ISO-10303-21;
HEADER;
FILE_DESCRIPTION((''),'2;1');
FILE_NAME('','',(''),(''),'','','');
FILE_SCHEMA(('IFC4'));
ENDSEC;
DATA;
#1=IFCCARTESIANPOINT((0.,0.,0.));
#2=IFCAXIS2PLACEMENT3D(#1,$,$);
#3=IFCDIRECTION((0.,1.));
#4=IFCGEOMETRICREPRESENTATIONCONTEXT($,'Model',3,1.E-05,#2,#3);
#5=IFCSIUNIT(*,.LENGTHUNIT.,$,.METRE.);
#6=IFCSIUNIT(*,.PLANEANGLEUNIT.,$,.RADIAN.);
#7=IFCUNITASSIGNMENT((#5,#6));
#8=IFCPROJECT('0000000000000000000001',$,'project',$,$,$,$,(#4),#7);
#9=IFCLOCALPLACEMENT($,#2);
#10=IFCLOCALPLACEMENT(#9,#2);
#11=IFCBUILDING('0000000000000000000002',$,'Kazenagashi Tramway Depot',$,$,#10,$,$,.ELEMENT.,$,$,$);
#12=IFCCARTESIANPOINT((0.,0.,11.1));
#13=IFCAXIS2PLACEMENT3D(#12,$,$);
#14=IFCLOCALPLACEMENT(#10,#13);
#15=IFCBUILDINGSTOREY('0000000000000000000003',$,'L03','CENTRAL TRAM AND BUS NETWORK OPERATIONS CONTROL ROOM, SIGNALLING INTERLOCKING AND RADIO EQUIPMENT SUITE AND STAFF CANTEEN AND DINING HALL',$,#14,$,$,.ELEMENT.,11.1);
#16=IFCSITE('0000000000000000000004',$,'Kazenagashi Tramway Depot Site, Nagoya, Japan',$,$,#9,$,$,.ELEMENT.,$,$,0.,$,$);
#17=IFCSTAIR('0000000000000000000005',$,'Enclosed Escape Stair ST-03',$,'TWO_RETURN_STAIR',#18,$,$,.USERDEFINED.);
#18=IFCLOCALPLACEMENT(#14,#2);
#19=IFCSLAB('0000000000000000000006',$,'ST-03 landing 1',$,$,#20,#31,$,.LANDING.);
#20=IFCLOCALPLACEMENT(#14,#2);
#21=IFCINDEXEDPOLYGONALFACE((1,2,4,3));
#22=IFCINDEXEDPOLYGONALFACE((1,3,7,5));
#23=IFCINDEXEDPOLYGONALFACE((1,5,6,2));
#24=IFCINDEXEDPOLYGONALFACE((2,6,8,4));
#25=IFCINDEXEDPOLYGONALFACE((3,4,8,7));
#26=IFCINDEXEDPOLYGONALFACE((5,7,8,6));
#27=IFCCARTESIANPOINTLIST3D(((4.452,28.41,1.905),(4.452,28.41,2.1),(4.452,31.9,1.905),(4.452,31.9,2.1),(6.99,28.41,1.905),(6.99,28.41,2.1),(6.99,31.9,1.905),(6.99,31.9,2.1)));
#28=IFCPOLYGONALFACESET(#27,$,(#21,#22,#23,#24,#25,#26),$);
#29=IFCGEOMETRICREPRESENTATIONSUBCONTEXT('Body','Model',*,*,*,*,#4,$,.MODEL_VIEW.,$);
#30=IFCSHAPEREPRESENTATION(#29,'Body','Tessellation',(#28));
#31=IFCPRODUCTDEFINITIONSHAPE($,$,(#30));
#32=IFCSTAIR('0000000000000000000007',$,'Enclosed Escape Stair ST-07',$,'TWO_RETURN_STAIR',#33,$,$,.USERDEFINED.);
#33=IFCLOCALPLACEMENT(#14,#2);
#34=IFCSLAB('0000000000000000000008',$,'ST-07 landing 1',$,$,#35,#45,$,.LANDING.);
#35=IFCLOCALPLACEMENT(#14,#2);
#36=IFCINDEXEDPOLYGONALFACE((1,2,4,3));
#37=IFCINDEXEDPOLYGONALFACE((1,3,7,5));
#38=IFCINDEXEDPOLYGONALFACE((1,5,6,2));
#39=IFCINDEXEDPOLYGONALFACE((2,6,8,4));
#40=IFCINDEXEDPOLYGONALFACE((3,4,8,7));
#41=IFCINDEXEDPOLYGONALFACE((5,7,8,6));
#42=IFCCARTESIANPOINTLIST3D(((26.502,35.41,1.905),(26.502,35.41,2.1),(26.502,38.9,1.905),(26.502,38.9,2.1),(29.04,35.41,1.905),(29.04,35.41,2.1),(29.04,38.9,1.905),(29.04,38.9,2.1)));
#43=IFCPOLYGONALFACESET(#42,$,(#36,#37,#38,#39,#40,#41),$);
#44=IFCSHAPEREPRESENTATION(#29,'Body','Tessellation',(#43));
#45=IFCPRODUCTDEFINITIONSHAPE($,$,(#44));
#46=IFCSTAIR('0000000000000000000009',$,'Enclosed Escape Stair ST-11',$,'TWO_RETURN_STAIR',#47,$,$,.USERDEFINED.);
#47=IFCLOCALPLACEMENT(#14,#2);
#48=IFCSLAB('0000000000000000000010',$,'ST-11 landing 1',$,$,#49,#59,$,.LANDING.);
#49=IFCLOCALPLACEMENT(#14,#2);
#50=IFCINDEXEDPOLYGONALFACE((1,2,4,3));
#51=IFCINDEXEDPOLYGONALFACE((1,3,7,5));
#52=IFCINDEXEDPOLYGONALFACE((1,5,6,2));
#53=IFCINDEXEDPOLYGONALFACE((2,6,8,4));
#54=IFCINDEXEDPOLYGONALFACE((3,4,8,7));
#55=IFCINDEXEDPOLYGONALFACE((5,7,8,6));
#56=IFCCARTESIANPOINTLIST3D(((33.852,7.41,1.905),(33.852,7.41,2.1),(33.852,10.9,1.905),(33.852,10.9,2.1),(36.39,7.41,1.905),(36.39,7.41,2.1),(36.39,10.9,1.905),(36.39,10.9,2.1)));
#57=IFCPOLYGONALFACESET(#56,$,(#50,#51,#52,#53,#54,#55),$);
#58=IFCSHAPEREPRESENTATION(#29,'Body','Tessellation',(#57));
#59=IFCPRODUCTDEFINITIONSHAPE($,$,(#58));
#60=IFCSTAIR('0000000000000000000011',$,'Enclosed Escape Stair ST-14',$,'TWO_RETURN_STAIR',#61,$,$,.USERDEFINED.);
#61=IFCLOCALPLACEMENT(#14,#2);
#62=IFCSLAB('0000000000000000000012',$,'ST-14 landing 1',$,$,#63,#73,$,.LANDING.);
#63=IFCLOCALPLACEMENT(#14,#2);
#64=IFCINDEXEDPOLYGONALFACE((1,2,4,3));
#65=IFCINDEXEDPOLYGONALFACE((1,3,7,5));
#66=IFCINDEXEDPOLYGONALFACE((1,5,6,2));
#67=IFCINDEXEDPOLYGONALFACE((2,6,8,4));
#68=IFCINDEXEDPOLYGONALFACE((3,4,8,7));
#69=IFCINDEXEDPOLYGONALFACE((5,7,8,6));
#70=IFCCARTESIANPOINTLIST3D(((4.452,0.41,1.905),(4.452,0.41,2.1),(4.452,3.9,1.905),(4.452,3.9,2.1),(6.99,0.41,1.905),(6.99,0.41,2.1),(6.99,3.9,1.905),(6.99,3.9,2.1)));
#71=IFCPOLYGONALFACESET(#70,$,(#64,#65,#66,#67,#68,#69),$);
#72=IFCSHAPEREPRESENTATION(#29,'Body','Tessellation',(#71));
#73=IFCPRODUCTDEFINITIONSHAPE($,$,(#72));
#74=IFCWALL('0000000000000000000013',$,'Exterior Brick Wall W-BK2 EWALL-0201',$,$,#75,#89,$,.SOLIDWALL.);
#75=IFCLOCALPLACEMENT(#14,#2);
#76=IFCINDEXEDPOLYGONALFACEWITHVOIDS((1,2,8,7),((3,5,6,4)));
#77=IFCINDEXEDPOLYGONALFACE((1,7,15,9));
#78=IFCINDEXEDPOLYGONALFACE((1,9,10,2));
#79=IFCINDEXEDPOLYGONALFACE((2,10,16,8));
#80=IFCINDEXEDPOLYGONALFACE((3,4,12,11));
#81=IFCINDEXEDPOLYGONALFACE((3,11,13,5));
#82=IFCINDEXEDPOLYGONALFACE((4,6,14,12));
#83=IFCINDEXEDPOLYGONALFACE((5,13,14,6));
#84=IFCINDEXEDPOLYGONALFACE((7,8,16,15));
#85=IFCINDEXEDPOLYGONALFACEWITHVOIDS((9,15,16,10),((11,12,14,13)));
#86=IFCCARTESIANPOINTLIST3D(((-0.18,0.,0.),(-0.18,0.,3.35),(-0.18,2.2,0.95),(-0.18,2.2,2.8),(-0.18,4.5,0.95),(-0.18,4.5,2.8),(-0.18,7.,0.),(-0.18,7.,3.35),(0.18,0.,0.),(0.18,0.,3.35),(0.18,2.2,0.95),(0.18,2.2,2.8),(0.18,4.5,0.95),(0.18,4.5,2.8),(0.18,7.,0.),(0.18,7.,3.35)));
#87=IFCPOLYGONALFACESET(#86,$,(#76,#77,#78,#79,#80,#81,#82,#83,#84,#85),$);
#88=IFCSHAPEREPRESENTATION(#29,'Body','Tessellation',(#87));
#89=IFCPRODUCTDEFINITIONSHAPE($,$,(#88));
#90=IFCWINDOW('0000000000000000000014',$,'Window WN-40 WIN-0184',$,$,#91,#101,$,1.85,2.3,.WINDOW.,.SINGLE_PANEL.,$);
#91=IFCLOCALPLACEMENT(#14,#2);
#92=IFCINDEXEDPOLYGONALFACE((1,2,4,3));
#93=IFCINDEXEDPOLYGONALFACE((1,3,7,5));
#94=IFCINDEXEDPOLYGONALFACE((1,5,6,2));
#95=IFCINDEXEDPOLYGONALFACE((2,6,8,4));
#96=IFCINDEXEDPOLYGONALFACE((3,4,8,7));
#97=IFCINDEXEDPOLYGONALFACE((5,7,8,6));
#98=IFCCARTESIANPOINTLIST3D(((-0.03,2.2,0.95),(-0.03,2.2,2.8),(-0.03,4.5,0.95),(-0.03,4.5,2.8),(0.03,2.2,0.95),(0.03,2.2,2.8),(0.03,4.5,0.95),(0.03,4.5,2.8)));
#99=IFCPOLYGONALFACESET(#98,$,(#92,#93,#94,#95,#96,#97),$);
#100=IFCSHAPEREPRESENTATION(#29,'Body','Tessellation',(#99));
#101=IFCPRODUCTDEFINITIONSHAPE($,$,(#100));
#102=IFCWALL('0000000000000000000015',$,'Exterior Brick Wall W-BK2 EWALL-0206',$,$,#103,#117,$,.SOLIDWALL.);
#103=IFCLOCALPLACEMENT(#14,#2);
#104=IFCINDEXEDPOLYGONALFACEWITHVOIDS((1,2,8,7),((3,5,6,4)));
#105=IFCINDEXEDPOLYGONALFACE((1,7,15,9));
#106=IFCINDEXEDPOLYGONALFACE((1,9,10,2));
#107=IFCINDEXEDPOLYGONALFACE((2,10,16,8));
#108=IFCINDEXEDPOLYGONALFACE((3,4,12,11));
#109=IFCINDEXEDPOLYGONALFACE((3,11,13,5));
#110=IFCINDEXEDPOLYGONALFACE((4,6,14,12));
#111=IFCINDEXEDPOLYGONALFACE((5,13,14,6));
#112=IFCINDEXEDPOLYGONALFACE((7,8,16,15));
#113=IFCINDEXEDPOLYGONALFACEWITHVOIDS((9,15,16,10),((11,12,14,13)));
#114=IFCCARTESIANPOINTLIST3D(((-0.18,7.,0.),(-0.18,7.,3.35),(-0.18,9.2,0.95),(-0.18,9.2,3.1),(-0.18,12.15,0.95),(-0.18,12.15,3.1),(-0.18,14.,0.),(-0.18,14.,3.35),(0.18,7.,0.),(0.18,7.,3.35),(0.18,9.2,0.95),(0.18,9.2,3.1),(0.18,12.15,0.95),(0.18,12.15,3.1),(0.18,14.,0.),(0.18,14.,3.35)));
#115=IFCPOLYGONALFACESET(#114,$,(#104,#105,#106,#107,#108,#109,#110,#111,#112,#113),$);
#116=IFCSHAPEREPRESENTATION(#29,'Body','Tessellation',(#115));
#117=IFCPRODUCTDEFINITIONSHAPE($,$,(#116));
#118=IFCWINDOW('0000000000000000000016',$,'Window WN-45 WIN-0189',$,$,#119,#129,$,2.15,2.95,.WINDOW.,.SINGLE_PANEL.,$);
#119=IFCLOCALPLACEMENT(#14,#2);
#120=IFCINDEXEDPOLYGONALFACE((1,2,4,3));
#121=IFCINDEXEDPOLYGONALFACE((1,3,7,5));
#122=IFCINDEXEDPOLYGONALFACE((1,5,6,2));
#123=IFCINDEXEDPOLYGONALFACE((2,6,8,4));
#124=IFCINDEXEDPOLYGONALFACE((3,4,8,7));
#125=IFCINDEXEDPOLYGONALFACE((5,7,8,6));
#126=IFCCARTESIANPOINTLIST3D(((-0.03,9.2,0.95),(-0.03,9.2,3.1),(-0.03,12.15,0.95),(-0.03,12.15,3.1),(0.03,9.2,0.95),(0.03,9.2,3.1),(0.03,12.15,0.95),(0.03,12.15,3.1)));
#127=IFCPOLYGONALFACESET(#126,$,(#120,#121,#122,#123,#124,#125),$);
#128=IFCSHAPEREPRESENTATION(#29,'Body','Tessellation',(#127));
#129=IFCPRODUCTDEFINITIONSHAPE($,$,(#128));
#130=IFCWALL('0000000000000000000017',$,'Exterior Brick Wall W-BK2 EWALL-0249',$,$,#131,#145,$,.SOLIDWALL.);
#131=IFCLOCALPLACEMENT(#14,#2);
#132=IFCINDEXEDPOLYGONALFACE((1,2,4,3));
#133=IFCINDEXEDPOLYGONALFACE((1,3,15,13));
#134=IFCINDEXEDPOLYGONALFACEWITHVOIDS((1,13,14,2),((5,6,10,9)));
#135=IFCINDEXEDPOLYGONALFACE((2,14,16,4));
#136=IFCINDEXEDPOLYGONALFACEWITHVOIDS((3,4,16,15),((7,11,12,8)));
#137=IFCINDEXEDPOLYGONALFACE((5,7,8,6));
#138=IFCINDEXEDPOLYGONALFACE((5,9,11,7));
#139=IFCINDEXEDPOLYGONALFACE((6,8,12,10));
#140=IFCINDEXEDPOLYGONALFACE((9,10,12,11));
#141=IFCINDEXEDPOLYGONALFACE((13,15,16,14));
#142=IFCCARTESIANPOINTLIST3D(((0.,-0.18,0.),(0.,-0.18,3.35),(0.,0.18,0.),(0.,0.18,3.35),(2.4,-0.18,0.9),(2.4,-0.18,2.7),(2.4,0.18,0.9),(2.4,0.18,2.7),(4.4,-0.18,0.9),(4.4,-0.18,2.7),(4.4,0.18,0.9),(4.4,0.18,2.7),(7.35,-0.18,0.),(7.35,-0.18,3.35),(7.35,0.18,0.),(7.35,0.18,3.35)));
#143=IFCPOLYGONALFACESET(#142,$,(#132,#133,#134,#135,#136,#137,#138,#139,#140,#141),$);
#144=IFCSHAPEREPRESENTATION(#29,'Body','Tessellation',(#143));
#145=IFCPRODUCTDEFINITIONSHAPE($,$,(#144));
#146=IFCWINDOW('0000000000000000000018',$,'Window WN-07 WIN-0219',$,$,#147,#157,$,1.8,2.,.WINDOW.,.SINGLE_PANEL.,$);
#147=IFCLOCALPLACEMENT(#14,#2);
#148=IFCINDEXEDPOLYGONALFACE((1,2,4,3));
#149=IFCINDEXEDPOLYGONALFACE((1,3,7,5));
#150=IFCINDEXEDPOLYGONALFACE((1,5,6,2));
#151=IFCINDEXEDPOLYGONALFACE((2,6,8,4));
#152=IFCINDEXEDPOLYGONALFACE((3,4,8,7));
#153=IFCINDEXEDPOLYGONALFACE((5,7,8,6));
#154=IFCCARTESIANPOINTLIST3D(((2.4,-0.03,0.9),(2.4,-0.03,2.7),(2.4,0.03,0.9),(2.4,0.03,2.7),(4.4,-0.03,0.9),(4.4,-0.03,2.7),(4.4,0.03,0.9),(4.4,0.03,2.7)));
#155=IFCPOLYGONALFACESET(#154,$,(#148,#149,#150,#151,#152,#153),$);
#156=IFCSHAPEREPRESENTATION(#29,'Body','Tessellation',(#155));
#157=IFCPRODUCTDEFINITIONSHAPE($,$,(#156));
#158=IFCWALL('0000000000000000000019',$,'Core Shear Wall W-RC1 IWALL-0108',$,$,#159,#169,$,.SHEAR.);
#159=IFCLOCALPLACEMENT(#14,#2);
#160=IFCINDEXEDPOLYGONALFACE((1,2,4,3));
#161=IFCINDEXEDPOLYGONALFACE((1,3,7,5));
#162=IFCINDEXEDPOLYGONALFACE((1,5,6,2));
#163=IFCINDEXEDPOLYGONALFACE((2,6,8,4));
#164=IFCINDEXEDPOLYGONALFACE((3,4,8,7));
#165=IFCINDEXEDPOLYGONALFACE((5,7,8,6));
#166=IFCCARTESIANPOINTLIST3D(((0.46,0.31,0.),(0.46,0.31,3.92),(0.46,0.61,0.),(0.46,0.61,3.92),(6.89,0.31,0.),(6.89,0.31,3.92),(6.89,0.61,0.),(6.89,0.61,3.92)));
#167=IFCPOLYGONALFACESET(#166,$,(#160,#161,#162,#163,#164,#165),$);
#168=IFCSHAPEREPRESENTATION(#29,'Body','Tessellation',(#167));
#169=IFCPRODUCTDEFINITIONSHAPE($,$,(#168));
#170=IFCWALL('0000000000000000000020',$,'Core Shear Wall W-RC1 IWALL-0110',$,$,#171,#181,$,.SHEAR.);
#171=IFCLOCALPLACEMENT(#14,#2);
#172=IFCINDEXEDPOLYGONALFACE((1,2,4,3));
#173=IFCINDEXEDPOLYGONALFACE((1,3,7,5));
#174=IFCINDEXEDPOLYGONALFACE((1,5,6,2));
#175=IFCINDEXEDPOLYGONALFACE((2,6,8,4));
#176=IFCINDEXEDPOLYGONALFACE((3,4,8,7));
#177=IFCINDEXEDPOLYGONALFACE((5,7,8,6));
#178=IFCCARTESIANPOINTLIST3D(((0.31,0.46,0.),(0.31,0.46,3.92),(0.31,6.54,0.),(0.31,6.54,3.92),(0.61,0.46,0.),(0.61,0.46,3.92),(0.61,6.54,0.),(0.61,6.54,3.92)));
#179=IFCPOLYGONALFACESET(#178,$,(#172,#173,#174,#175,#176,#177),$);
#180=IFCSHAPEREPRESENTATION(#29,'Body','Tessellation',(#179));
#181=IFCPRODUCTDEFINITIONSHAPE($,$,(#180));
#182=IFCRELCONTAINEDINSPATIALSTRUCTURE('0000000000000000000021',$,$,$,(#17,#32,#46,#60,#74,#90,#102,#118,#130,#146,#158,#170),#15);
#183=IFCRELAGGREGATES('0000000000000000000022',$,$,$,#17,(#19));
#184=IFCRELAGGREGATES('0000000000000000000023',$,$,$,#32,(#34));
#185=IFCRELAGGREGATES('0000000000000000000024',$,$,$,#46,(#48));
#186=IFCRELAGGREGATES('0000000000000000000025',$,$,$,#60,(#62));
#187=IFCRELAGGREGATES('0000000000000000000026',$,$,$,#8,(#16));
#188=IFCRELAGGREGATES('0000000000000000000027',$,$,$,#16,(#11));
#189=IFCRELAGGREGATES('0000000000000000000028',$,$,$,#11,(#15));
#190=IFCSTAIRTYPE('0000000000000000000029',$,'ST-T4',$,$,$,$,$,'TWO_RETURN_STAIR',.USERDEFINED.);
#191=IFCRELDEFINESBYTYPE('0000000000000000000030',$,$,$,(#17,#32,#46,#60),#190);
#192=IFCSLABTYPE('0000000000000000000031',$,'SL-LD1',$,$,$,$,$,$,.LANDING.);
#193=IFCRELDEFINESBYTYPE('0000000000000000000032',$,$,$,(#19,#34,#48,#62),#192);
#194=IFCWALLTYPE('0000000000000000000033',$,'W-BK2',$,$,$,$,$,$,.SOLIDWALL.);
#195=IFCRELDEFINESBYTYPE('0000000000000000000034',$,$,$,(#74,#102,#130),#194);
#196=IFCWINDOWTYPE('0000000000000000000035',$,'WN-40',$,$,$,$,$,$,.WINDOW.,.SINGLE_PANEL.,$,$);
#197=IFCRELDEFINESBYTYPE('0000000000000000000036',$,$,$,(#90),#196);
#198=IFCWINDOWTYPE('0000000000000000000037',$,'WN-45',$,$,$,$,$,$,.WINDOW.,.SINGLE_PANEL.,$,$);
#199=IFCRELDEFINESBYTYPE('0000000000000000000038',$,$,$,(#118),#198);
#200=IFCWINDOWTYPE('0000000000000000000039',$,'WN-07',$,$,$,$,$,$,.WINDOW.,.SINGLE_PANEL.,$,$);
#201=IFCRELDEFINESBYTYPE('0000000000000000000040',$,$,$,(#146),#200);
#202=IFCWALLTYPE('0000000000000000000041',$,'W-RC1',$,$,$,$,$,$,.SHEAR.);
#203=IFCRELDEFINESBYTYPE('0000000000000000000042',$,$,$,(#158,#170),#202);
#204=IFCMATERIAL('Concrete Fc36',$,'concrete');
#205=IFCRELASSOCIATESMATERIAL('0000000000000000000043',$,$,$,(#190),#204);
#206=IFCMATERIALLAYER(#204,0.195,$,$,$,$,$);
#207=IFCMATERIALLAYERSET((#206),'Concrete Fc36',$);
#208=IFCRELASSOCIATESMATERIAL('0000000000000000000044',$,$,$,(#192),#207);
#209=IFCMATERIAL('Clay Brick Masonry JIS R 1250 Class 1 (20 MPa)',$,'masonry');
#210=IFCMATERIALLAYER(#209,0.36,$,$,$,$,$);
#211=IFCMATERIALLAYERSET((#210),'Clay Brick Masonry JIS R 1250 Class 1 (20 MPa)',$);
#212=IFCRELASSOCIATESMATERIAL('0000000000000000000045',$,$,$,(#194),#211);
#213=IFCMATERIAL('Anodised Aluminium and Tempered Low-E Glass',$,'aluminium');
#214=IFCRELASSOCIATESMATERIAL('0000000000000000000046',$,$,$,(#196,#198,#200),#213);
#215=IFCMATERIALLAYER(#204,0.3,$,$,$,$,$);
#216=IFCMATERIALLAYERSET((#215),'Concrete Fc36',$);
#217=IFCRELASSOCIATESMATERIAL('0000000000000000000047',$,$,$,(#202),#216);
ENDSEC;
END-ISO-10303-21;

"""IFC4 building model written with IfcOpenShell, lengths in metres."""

from ifc_helpers import new_model, si_unit, direction, frame, frame_2d, origin, origin_with_axes, place, context, subcontext, project, spatial, polyline, rectangle, outline, extrude, material, layer, layer_set, type_object, element, fill, aggregate, save


model = new_model("IFC4")

# Units and contexts
model_context = context("Model", 3, precision=1e-05, world=origin(), true_north=direction((0.0, 1.0)))
body_context = subcontext(model_context, "Body", "Model", "MODEL_VIEW")
ifc_project = project(units=[si_unit("LENGTHUNIT", "METRE"), si_unit("PLANEANGLEUNIT", "RADIAN")], contexts=[model_context])

# Site, building, storey
site_placement = place(None, origin())
site = spatial("IfcSite", under=ifc_project, at=site_placement, Name="Kazenagashi Tramway Depot Site, Nagoya, Japan", CompositionType="ELEMENT", RefElevation=0.0)
building_placement = place(site_placement, origin())
building = spatial("IfcBuilding", under=site, at=building_placement, Name="Kazenagashi Tramway Depot", CompositionType="ELEMENT")
storey_placement = place(building_placement, frame((0.0, 0.0, 11.1)))
storey = spatial("IfcBuildingStorey", under=building, at=storey_placement, Name="L03", Description="CENTRAL TRAM AND BUS NETWORK OPERATIONS CONTROL ROOM, SIGNALLING INTERLOCKING AND RADIO EQUIPMENT SUITE AND STAFF CANTEEN AND DINING HALL", CompositionType="ELEMENT", Elevation=11.1)

# Shared definitions
ifc_material_1 = material(Name="Concrete Fc36", Category="concrete")

# Stairs, slabs
stair_type = type_object("IfcStairType", Name="ST-T4", ElementType="TWO_RETURN_STAIR", PredefinedType="USERDEFINED", material=ifc_material_1)
stair_1_placement = place(storey_placement, origin())
stair_1 = element("IfcStair", 1, at=stair_1_placement, inside=storey, type_object=stair_type, Name="Enclosed Escape Stair ST-03", ObjectType="TWO_RETURN_STAIR", PredefinedType="USERDEFINED")
ifc_layer_1 = layer(ifc_material_1, 0.195)
ifc_layer_set_1 = layer_set([ifc_layer_1], Name="Concrete Fc36")
slab_type_1 = type_object("IfcSlabType", Name="SL-LD1", PredefinedType="LANDING", material=ifc_layer_set_1)
slab_1_placement = place(storey_placement, frame((0.0, 0.0, 1.905)))
slab_1 = element("IfcSlab", 2, at=slab_1_placement, type_object=slab_type_1, Name="ST-03 landing 1", PredefinedType="LANDING", context=body_context, shape_type="SweptSolid", body=[
    extrude(outline(polyline([(4.452, 28.41), (6.99, 28.41), (6.99, 31.9), (4.452, 31.9), (4.452, 28.41)])), origin(), (0.0, 0.0, 1.0), 0.195),
])
aggregate(stair_1, [slab_1])
stair_2_placement = place(storey_placement, origin())
stair_2 = element("IfcStair", 3, at=stair_2_placement, inside=storey, type_object=stair_type, Name="Enclosed Escape Stair ST-07", ObjectType="TWO_RETURN_STAIR", PredefinedType="USERDEFINED")
slab_2_placement = place(storey_placement, frame((0.0, 0.0, 1.905)))
slab_2 = element("IfcSlab", 4, at=slab_2_placement, type_object=slab_type_1, Name="ST-07 landing 1", PredefinedType="LANDING", context=body_context, shape_type="SweptSolid", body=[
    extrude(outline(polyline([(26.502, 35.41), (29.04, 35.41), (29.04, 38.9), (26.502, 38.9), (26.502, 35.41)])), origin(), (0.0, 0.0, 1.0), 0.195),
])
aggregate(stair_2, [slab_2])
stair_3_placement = place(storey_placement, origin())
stair_3 = element("IfcStair", 5, at=stair_3_placement, inside=storey, type_object=stair_type, Name="Enclosed Escape Stair ST-11", ObjectType="TWO_RETURN_STAIR", PredefinedType="USERDEFINED")
slab_3_placement = place(storey_placement, frame((0.0, 0.0, 1.905)))
slab_3 = element("IfcSlab", 6, at=slab_3_placement, type_object=slab_type_1, Name="ST-11 landing 1", PredefinedType="LANDING", context=body_context, shape_type="SweptSolid", body=[
    extrude(outline(polyline([(33.852, 7.41), (36.39, 7.41), (36.39, 10.9), (33.852, 10.9), (33.852, 7.41)])), origin(), (0.0, 0.0, 1.0), 0.195),
])
aggregate(stair_3, [slab_3])
stair_4_placement = place(storey_placement, origin())
stair_4 = element("IfcStair", 7, at=stair_4_placement, inside=storey, type_object=stair_type, Name="Enclosed Escape Stair ST-14", ObjectType="TWO_RETURN_STAIR", PredefinedType="USERDEFINED")
slab_4_placement = place(storey_placement, frame((0.0, 0.0, 1.905)))
slab_4 = element("IfcSlab", 8, at=slab_4_placement, type_object=slab_type_1, Name="ST-14 landing 1", PredefinedType="LANDING", context=body_context, shape_type="SweptSolid", body=[
    extrude(outline(polyline([(4.452, 0.41), (6.99, 0.41), (6.99, 3.9), (4.452, 3.9), (4.452, 0.41)])), origin(), (0.0, 0.0, 1.0), 0.195),
])
aggregate(stair_4, [slab_4])

# Walls, openings, windows
ifc_material_2 = material(Name="Clay Brick Masonry JIS R 1250 Class 1 (20 MPa)", Category="masonry")
ifc_layer_2 = layer(ifc_material_2, 0.36)
ifc_layer_set_2 = layer_set([ifc_layer_2], Name="Clay Brick Masonry JIS R 1250 Class 1 (20 MPa)")
wall_type_1 = type_object("IfcWallType", Name="W-BK2", PredefinedType="SOLIDWALL", material=ifc_layer_set_2)
wall_1_placement = place(storey_placement, frame((0.0, 0.0, 0.0), z_axis=(0.0, 0.0, 1.0), x_axis=(0.0, 1.0, 0.0)))
wall_1 = element("IfcWall", 9, at=wall_1_placement, inside=storey, type_object=wall_type_1, Name="Exterior Brick Wall W-BK2 EWALL-0201", PredefinedType="SOLIDWALL", context=body_context, shape_type="SweptSolid", body=[
    extrude(rectangle(XDim=7.0, YDim=0.36, at=frame_2d((3.5, 0.0))), origin(), (0.0, 0.0, 1.0), 3.35),
])
opening_1_placement = place(wall_1_placement, frame((2.2, 0.0, 0.95)))
opening_1 = element("IfcOpeningElement", 10, at=opening_1_placement, cuts=wall_1, PredefinedType="OPENING", context=body_context, shape_type="SweptSolid", body=[
    extrude(rectangle(XDim=2.3, YDim=1.85, at=frame_2d((1.15, 0.925))), frame((0.0, 0.19, 0.0), z_axis=(0.0, -1.0, 0.0), x_axis=(1.0, 0.0, 0.0)), (0.0, 0.0, 1.0), 0.38),
])
ifc_material_3 = material(Name="Anodised Aluminium and Tempered Low-E Glass", Category="aluminium")
window_type_1 = type_object("IfcWindowType", Name="WN-40", PartitioningType="SINGLE_PANEL", PredefinedType="WINDOW", material=ifc_material_3)
window_1_placement = place(opening_1_placement, origin())
window_1 = element("IfcWindow", 11, at=window_1_placement, inside=storey, type_object=window_type_1, Name="Window WN-40 WIN-0184", OverallHeight=1.85, OverallWidth=2.3, PartitioningType="SINGLE_PANEL", PredefinedType="WINDOW", context=body_context, shape_type="SweptSolid", body=[
    extrude(rectangle(XDim=2.3, YDim=1.85, at=frame_2d((1.15, 0.925))), frame((0.0, 0.03, 0.0), z_axis=(0.0, -1.0, 0.0), x_axis=(1.0, 0.0, 0.0)), (0.0, 0.0, 1.0), 0.06),
])
fill(opening_1, window_1)
wall_2_placement = place(storey_placement, frame((0.0, 7.0, 0.0), z_axis=(0.0, 0.0, 1.0), x_axis=(0.0, 1.0, 0.0)))
wall_2 = element("IfcWall", 12, at=wall_2_placement, inside=storey, type_object=wall_type_1, Name="Exterior Brick Wall W-BK2 EWALL-0206", PredefinedType="SOLIDWALL", context=body_context, shape_type="SweptSolid", body=[
    extrude(rectangle(XDim=7.0, YDim=0.36, at=frame_2d((3.5, 0.0))), origin(), (0.0, 0.0, 1.0), 3.35),
])
opening_2_placement = place(wall_2_placement, frame((2.2, 0.0, 0.95)))
opening_2 = element("IfcOpeningElement", 13, at=opening_2_placement, cuts=wall_2, PredefinedType="OPENING", context=body_context, shape_type="SweptSolid", body=[
    extrude(rectangle(XDim=2.95, YDim=2.15, at=frame_2d((1.475, 1.075))), frame((0.0, 0.19, 0.0), z_axis=(0.0, -1.0, 0.0), x_axis=(1.0, 0.0, 0.0)), (0.0, 0.0, 1.0), 0.38),
])
window_type_2 = type_object("IfcWindowType", Name="WN-45", PartitioningType="SINGLE_PANEL", PredefinedType="WINDOW", material=ifc_material_3)
window_2_placement = place(opening_2_placement, origin())
window_2 = element("IfcWindow", 14, at=window_2_placement, inside=storey, type_object=window_type_2, Name="Window WN-45 WIN-0189", OverallHeight=2.15, OverallWidth=2.95, PartitioningType="SINGLE_PANEL", PredefinedType="WINDOW", context=body_context, shape_type="SweptSolid", body=[
    extrude(rectangle(XDim=2.95, YDim=2.15, at=frame_2d((1.475, 1.075))), frame((0.0, 0.03, 0.0), z_axis=(0.0, -1.0, 0.0), x_axis=(1.0, 0.0, 0.0)), (0.0, 0.0, 1.0), 0.06),
])
fill(opening_2, window_2)
wall_3_placement = place(storey_placement, origin_with_axes())
wall_3 = element("IfcWall", 15, at=wall_3_placement, inside=storey, type_object=wall_type_1, Name="Exterior Brick Wall W-BK2 EWALL-0249", PredefinedType="SOLIDWALL", context=body_context, shape_type="SweptSolid", body=[
    extrude(rectangle(XDim=7.35, YDim=0.36, at=frame_2d((3.675, 0.0))), origin(), (0.0, 0.0, 1.0), 3.35),
])
opening_3_placement = place(wall_3_placement, frame((2.4, 0.0, 0.9)))
opening_3 = element("IfcOpeningElement", 16, at=opening_3_placement, cuts=wall_3, PredefinedType="OPENING", context=body_context, shape_type="SweptSolid", body=[
    extrude(rectangle(XDim=2.0, YDim=1.8, at=frame_2d((1.0, 0.9))), frame((0.0, 0.19, 0.0), z_axis=(0.0, -1.0, 0.0), x_axis=(1.0, 0.0, 0.0)), (0.0, 0.0, 1.0), 0.38),
])
window_type_3 = type_object("IfcWindowType", Name="WN-07", PartitioningType="SINGLE_PANEL", PredefinedType="WINDOW", material=ifc_material_3)
window_3_placement = place(opening_3_placement, origin())
window_3 = element("IfcWindow", 17, at=window_3_placement, inside=storey, type_object=window_type_3, Name="Window WN-07 WIN-0219", OverallHeight=1.8, OverallWidth=2.0, PartitioningType="SINGLE_PANEL", PredefinedType="WINDOW", context=body_context, shape_type="SweptSolid", body=[
    extrude(rectangle(XDim=2.0, YDim=1.8, at=frame_2d((1.0, 0.9))), frame((0.0, 0.03, 0.0), z_axis=(0.0, -1.0, 0.0), x_axis=(1.0, 0.0, 0.0)), (0.0, 0.0, 1.0), 0.06),
])
fill(opening_3, window_3)

# Walls
ifc_layer_3 = layer(ifc_material_1, 0.3)
ifc_layer_set_3 = layer_set([ifc_layer_3], Name="Concrete Fc36")
wall_type_2 = type_object("IfcWallType", Name="W-RC1", PredefinedType="SHEAR", material=ifc_layer_set_3)
wall_4_placement = place(storey_placement, frame((0.46, 0.46, 0.0), z_axis=(0.0, 0.0, 1.0), x_axis=(1.0, 0.0, 0.0)))
element("IfcWall", 18, at=wall_4_placement, inside=storey, type_object=wall_type_2, Name="Core Shear Wall W-RC1 IWALL-0108", PredefinedType="SHEAR", context=body_context, shape_type="SweptSolid", body=[
    extrude(rectangle(XDim=6.43, YDim=0.3, at=frame_2d((3.215, 0.0))), origin(), (0.0, 0.0, 1.0), 3.92),
])
wall_5_placement = place(storey_placement, frame((0.46, 0.46, 0.0), z_axis=(0.0, 0.0, 1.0), x_axis=(0.0, 1.0, 0.0)))
element("IfcWall", 19, at=wall_5_placement, inside=storey, type_object=wall_type_2, Name="Core Shear Wall W-RC1 IWALL-0110", PredefinedType="SHEAR", context=body_context, shape_type="SweptSolid", body=[
    extrude(rectangle(XDim=6.08, YDim=0.3, at=frame_2d((3.04, 0.0))), origin(), (0.0, 0.0, 1.0), 3.92),
])

save(model, "model.ifc")
